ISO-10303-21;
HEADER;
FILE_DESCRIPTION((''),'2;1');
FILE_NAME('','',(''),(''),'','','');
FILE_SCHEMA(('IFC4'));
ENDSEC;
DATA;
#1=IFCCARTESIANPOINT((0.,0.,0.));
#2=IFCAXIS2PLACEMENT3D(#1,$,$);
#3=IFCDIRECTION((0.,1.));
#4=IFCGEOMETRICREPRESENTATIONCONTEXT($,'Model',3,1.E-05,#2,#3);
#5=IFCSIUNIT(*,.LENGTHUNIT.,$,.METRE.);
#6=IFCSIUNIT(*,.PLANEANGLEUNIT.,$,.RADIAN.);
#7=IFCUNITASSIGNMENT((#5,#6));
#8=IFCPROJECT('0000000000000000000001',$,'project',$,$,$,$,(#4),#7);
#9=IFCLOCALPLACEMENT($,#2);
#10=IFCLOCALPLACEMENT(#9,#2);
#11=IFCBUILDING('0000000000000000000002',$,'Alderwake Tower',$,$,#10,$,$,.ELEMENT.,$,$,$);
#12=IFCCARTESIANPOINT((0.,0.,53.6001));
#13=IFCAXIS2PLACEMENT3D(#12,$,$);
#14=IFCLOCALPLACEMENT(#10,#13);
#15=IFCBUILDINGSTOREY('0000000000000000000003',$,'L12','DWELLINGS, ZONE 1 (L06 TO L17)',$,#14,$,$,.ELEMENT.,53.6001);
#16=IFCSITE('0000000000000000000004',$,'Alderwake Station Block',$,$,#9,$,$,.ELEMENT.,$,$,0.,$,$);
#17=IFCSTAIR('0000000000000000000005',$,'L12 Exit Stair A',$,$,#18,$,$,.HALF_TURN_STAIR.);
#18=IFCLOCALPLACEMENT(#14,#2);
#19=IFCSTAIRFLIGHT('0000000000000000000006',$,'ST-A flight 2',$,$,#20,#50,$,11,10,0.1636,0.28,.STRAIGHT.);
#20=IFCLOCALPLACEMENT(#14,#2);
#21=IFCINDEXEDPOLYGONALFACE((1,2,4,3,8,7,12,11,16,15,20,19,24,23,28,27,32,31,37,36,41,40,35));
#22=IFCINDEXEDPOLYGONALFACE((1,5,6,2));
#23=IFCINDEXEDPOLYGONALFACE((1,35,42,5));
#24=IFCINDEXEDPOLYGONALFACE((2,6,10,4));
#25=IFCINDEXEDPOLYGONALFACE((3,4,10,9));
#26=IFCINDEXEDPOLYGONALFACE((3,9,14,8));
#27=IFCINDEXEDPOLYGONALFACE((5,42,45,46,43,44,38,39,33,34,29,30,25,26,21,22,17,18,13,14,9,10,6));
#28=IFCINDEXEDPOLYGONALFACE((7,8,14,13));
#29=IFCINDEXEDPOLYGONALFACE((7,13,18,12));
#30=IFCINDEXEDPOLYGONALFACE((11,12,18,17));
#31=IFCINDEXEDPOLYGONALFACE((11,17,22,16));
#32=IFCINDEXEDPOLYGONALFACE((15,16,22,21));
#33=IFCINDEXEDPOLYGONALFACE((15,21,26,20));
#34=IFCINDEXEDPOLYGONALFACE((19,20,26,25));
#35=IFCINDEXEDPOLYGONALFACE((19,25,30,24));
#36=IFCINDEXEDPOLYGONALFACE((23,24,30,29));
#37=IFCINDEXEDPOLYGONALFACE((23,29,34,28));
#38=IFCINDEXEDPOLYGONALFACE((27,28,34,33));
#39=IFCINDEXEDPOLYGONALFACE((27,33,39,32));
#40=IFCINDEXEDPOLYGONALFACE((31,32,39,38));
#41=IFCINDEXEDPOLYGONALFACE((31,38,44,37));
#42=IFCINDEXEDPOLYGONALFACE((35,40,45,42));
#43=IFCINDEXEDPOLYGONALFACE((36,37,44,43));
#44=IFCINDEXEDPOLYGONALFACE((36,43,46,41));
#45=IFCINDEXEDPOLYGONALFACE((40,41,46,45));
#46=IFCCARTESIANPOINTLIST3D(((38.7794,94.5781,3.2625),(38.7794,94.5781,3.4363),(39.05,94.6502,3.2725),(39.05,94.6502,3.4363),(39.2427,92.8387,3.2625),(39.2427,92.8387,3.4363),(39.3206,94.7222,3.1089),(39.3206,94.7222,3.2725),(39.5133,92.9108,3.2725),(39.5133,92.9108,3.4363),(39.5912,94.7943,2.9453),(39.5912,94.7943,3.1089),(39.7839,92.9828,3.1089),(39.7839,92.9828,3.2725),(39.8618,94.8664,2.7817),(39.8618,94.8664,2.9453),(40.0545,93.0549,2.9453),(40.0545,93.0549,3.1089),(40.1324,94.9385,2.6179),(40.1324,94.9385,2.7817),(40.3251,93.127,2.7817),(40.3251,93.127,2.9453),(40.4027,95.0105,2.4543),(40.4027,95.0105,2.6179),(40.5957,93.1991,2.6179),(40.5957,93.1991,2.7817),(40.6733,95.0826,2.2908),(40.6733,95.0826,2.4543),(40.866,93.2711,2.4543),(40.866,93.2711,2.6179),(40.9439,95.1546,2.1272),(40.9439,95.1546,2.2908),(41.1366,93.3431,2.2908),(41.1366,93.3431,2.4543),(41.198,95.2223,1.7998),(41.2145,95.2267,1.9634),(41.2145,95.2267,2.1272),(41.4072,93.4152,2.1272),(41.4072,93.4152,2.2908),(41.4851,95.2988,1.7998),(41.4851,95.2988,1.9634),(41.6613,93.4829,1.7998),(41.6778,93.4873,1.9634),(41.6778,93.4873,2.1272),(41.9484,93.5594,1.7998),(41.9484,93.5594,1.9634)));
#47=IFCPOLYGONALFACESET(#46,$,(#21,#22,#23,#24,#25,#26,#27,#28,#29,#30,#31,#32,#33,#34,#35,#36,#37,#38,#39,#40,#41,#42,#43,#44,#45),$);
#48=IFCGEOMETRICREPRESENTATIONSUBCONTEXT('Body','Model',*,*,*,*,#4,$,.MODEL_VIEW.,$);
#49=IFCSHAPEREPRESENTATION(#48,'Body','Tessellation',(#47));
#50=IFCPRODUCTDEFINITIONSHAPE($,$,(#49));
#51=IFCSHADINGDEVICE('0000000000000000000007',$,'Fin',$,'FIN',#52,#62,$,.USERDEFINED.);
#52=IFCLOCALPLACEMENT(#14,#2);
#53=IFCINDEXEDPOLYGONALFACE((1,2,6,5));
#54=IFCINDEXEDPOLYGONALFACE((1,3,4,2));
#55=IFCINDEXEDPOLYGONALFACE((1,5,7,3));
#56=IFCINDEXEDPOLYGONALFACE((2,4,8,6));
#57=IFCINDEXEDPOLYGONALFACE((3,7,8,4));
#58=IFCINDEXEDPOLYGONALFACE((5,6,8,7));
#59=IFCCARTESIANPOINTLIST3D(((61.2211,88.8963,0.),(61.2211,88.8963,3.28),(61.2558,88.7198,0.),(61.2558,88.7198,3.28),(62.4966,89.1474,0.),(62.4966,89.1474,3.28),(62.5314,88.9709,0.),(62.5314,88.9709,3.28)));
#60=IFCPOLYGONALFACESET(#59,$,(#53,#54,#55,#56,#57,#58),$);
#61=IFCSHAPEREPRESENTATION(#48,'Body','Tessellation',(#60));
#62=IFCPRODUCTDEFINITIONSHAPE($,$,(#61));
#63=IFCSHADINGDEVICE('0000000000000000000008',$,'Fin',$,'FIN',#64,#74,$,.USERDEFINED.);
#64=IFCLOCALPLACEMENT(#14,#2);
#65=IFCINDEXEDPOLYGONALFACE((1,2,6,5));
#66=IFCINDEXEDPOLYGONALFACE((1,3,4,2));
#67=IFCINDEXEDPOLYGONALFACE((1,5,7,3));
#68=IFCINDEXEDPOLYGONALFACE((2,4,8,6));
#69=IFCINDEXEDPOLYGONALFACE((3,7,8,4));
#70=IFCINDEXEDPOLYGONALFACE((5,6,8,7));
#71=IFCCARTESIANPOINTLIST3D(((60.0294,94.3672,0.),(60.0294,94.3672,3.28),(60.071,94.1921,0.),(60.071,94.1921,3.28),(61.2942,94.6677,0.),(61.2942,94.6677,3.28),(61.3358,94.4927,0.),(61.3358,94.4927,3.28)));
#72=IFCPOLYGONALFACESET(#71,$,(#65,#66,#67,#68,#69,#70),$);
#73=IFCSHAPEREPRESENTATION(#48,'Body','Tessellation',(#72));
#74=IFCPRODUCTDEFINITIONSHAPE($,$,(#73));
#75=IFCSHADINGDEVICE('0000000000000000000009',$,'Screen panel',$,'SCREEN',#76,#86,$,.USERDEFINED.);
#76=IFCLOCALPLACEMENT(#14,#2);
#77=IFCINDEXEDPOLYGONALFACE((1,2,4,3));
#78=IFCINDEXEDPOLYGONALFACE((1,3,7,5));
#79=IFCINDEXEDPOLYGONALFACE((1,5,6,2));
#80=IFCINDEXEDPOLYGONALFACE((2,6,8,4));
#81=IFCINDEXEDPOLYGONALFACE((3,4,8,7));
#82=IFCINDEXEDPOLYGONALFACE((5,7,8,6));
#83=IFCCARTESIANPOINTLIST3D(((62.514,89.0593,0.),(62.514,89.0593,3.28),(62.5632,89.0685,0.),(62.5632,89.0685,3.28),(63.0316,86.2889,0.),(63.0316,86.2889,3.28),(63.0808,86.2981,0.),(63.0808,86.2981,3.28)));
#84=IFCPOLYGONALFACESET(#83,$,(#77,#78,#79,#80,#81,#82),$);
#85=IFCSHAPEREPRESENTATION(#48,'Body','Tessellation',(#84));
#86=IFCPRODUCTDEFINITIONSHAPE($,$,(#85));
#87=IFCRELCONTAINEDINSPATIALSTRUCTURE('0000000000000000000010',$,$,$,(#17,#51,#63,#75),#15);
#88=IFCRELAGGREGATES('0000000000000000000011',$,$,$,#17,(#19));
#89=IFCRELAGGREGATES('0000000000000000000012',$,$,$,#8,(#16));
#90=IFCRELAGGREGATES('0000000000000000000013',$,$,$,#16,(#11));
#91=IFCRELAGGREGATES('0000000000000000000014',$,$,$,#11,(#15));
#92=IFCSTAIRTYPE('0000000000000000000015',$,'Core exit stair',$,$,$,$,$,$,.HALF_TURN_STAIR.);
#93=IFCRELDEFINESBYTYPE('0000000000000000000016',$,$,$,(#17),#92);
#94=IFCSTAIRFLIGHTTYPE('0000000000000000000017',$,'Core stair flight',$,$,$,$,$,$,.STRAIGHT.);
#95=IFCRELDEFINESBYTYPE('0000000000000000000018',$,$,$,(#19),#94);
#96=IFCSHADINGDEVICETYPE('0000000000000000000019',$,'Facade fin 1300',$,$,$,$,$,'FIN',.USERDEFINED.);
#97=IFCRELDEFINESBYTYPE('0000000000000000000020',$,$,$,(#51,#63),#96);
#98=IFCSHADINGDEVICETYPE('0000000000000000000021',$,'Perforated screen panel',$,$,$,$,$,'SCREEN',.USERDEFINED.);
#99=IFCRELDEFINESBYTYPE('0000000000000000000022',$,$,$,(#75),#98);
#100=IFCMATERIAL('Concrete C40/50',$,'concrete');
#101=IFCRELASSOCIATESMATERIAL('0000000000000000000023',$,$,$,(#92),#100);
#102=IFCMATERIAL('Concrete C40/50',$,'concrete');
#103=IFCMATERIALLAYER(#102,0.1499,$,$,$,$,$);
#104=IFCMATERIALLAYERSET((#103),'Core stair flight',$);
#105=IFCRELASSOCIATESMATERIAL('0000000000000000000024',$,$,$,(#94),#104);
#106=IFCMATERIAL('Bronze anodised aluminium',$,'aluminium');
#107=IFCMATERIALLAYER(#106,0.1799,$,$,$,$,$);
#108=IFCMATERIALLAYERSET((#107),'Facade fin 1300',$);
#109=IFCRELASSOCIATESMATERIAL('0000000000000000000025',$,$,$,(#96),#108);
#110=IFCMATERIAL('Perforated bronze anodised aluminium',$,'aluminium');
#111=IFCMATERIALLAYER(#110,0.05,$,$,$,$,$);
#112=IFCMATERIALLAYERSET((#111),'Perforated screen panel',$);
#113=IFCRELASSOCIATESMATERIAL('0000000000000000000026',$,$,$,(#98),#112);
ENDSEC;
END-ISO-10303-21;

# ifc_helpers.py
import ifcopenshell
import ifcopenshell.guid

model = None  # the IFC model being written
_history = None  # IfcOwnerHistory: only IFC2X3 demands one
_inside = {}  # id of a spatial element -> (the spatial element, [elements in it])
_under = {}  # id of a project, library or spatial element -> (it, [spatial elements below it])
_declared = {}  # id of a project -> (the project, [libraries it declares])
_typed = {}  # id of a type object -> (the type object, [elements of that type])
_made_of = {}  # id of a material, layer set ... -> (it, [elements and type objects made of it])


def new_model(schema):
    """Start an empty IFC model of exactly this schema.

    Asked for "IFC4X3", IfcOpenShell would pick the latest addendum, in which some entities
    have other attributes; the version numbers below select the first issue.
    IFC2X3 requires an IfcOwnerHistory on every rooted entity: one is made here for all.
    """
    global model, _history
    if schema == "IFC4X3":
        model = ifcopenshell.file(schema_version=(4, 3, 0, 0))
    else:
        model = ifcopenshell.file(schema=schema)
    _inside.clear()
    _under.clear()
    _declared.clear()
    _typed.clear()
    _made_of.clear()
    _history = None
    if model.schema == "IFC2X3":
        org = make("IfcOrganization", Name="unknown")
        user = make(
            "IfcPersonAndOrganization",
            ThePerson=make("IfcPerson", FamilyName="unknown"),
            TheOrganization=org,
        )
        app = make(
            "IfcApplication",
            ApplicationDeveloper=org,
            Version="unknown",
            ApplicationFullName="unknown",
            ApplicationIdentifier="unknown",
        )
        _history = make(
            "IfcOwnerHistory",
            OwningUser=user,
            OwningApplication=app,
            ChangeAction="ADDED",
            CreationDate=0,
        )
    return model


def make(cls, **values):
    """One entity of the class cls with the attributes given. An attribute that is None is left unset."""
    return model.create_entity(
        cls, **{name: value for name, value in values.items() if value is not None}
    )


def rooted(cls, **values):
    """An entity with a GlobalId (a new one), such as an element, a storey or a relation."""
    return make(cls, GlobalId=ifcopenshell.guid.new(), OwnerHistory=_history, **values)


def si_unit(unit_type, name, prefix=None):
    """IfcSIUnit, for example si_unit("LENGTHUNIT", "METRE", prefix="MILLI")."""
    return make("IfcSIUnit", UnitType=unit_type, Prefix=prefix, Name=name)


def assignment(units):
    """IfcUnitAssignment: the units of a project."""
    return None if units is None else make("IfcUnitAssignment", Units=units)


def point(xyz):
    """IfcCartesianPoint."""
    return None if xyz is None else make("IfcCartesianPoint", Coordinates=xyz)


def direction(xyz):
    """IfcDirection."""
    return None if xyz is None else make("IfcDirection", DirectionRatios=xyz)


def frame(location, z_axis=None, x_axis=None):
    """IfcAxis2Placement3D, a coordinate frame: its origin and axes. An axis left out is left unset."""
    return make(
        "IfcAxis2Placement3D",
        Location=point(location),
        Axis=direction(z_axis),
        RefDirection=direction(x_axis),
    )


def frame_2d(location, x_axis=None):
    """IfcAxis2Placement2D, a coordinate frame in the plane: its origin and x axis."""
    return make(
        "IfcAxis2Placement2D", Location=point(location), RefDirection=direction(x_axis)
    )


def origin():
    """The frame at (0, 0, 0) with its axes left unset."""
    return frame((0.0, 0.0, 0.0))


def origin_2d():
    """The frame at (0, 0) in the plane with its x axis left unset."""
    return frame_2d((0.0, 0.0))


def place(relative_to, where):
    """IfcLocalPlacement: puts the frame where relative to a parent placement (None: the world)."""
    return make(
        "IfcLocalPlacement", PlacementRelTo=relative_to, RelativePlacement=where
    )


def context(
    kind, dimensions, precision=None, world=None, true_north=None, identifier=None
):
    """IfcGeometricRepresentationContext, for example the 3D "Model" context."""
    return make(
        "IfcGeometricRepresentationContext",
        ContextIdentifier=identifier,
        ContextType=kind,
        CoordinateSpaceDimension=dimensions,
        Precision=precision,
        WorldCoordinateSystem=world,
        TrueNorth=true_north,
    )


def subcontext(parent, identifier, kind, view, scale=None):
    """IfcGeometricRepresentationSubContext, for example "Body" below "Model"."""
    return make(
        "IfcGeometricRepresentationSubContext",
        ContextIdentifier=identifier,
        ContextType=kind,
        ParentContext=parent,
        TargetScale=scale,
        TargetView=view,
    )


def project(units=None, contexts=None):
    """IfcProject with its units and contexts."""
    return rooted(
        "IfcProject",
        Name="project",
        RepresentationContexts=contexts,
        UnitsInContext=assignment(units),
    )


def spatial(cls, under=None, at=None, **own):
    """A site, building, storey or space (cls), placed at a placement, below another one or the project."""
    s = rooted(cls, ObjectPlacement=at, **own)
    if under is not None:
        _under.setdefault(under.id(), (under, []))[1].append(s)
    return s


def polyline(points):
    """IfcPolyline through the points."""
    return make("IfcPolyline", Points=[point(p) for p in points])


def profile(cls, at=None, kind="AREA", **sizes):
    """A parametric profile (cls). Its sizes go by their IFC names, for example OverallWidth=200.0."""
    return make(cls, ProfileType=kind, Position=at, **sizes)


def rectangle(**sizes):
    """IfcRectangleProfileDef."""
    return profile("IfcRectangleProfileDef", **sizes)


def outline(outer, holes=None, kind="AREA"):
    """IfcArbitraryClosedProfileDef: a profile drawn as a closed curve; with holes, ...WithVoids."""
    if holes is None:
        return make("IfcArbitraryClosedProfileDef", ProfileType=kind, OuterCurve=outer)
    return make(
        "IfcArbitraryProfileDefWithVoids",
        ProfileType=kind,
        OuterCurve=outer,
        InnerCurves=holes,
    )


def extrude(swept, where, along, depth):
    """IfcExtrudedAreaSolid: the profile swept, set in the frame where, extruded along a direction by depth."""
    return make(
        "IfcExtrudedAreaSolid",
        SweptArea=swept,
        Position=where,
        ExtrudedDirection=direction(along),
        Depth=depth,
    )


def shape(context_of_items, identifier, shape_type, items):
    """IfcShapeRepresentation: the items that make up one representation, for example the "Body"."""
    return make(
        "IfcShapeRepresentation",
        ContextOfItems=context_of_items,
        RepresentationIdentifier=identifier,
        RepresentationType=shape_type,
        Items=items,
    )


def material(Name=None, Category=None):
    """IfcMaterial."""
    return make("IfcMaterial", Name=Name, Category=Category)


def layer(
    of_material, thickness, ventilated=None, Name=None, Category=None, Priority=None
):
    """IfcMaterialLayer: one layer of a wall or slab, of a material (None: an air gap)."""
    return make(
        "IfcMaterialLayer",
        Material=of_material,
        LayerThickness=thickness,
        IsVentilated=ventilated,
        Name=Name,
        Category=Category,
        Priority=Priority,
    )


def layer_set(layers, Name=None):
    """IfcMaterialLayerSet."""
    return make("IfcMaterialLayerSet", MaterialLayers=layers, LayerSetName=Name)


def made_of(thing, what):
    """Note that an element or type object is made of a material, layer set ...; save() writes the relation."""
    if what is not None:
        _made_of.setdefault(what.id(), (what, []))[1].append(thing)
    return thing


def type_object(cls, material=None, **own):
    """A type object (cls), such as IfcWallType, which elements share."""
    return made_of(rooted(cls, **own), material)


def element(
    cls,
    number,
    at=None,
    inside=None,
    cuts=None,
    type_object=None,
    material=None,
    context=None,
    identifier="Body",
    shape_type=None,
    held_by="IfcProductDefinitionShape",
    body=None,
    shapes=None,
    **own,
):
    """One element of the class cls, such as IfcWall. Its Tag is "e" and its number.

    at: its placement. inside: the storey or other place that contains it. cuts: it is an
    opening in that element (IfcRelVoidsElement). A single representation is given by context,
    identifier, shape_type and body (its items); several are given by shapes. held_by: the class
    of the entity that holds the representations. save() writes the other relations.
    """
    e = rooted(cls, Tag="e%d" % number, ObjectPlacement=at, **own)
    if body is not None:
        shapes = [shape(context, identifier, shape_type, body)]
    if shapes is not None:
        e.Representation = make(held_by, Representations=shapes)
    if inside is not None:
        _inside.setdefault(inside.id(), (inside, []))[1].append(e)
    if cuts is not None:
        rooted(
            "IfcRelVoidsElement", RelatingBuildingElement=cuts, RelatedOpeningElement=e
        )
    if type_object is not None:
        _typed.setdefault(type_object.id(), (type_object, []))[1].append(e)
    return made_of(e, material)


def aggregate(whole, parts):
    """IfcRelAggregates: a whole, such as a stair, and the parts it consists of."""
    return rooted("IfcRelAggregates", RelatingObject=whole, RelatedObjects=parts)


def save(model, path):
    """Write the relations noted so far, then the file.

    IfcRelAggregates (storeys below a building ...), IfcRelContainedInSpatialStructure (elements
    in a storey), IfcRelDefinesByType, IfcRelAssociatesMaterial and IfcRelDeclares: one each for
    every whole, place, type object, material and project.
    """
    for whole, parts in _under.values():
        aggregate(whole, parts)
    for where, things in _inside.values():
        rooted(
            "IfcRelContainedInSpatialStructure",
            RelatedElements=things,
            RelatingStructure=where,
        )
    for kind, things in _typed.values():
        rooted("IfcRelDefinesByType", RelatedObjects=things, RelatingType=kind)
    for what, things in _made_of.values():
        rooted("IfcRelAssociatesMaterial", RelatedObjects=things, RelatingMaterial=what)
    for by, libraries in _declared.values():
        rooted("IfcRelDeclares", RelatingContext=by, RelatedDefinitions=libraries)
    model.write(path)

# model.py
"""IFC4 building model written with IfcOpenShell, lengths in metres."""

from ifc_helpers import new_model, si_unit, direction, frame, origin, origin_2d, place, context, subcontext, project, spatial, polyline, rectangle, outline, extrude, material, layer, layer_set, type_object, element, aggregate, save


model = new_model("IFC4")

# Units and contexts
model_context = context("Model", 3, precision=1e-05, world=origin(), true_north=direction((0.0, 1.0)))
body_context = subcontext(model_context, "Body", "Model", "MODEL_VIEW")
ifc_project = project(units=[si_unit("LENGTHUNIT", "METRE"), si_unit("PLANEANGLEUNIT", "RADIAN")], contexts=[model_context])

# Site, building, storey
site_placement = place(None, origin())
site = spatial("IfcSite", under=ifc_project, at=site_placement, Name="Alderwake Station Block", CompositionType="ELEMENT", RefElevation=0.0)
building_placement = place(site_placement, origin())
building = spatial("IfcBuilding", under=site, at=building_placement, Name="Alderwake Tower", CompositionType="ELEMENT")
storey_placement = place(building_placement, frame((0.0, 0.0, 53.6001)))
storey = spatial("IfcBuildingStorey", under=building, at=storey_placement, Name="L12", Description="DWELLINGS, ZONE 1 (L06 TO L17)", CompositionType="ELEMENT", Elevation=53.6001)

# Stair, stair flight
ifc_material_1 = material(Name="Concrete C40/50", Category="concrete")
stair_type = type_object("IfcStairType", Name="Core exit stair", PredefinedType="HALF_TURN_STAIR", material=ifc_material_1)
stair_placement = place(storey_placement, origin())
stair = element("IfcStair", 1, at=stair_placement, inside=storey, type_object=stair_type, Name="L12 Exit Stair A", PredefinedType="HALF_TURN_STAIR")
ifc_material_2 = material(Name="Concrete C40/50", Category="concrete")
ifc_layer_1 = layer(ifc_material_2, 0.1499)
ifc_layer_set_1 = layer_set([ifc_layer_1], Name="Core stair flight")
stair_flight_type = type_object("IfcStairFlightType", Name="Core stair flight", PredefinedType="STRAIGHT", material=ifc_layer_set_1)
stair_flight_1_placement = place(storey_placement, frame((41.7168, 94.429, 1.7998), z_axis=(0.0, 0.0, 1.0), x_axis=(-0.96631, -0.257382, 0.0)))
stair_flight_1 = element("IfcStairFlight", 2, at=stair_flight_1_placement, type_object=stair_flight_type, Name="ST-A flight 2", NumberOfRisers=11, NumberOfTreads=10, PredefinedType="STRAIGHT", RiserHeight=0.1636, TreadLength=0.28, context=body_context, shape_type="SweptSolid", body=[
    extrude(outline(polyline([(0.0, 0.0), (0.0, 0.1636), (0.28, 0.1636), (0.28, 0.3274), (0.5601, 0.3274), (0.5601, 0.491), (0.8401, 0.491), (0.8401, 0.6545), (1.1201, 0.6545), (1.1201, 0.8181), (1.3999, 0.8181), (1.3999, 0.9819), (1.6799, 0.9819), (1.6799, 1.1455), (1.96, 1.1455), (1.96, 1.3091), (2.24, 1.3091), (2.24, 1.4727), (2.52, 1.4727), (2.52, 1.6365), (2.8, 1.6365), (2.8, 1.8), (2.8, 1.4626), (0.2971, 0.0), (0.0, 0.0)])), frame((0.0, 0.8999, 0.0), z_axis=(0.0, -1.0, 0.0), x_axis=(1.0, 0.0, 0.0)), (0.0, 0.0, 1.0), 1.8),
])
aggregate(stair, [stair_flight_1])

# Shading devices
ifc_material_3 = material(Name="Bronze anodised aluminium", Category="aluminium")
ifc_layer_2 = layer(ifc_material_3, 0.1799)
ifc_layer_set_2 = layer_set([ifc_layer_2], Name="Facade fin 1300")
shading_device_type_1 = type_object("IfcShadingDeviceType", Name="Facade fin 1300", ElementType="FIN", PredefinedType="USERDEFINED", material=ifc_layer_set_2)
for number, where, z_axis, x_axis, name in (
    (3, (61.8762, 88.9336, 0.0), (0.0, 0.0, 1.0), (0.981164, 0.193178, 0.0), "Fin"),
    (4, (60.6826, 94.4299, 0.0), (0.0, 0.0, 1.0), (0.972909, 0.231189, 0.0), "Fin"),
):
    element("IfcShadingDevice", number, at=place(storey_placement, frame(where, z_axis=z_axis, x_axis=x_axis)), inside=storey, type_object=shading_device_type_1, Name=name, ObjectType="FIN", PredefinedType="USERDEFINED", context=body_context, shape_type="SweptSolid", body=[
        extrude(rectangle(XDim=1.3, YDim=0.1799, at=origin_2d()), origin(), (0.0, 0.0, 1.0), 3.28),
    ])
ifc_material_4 = material(Name="Perforated bronze anodised aluminium", Category="aluminium")
ifc_layer_3 = layer(ifc_material_4, 0.05)
ifc_layer_set_3 = layer_set([ifc_layer_3], Name="Perforated screen panel")
shading_device_type_2 = type_object("IfcShadingDeviceType", Name="Perforated screen panel", ElementType="SCREEN", PredefinedType="USERDEFINED", material=ifc_layer_set_3)
shading_device_placement = place(storey_placement, frame((62.7974, 87.6787, 0.0), z_axis=(0.0, 0.0, 1.0), x_axis=(0.982991, 0.183651, 0.0)))
element("IfcShadingDevice", 5, at=shading_device_placement, inside=storey, type_object=shading_device_type_2, Name="Screen panel", ObjectType="SCREEN", PredefinedType="USERDEFINED", context=body_context, shape_type="SweptSolid", body=[
    extrude(rectangle(XDim=0.05, YDim=2.8184, at=origin_2d()), origin(), (0.0, 0.0, 1.0), 3.28),
])

save(model, "model.ifc")
